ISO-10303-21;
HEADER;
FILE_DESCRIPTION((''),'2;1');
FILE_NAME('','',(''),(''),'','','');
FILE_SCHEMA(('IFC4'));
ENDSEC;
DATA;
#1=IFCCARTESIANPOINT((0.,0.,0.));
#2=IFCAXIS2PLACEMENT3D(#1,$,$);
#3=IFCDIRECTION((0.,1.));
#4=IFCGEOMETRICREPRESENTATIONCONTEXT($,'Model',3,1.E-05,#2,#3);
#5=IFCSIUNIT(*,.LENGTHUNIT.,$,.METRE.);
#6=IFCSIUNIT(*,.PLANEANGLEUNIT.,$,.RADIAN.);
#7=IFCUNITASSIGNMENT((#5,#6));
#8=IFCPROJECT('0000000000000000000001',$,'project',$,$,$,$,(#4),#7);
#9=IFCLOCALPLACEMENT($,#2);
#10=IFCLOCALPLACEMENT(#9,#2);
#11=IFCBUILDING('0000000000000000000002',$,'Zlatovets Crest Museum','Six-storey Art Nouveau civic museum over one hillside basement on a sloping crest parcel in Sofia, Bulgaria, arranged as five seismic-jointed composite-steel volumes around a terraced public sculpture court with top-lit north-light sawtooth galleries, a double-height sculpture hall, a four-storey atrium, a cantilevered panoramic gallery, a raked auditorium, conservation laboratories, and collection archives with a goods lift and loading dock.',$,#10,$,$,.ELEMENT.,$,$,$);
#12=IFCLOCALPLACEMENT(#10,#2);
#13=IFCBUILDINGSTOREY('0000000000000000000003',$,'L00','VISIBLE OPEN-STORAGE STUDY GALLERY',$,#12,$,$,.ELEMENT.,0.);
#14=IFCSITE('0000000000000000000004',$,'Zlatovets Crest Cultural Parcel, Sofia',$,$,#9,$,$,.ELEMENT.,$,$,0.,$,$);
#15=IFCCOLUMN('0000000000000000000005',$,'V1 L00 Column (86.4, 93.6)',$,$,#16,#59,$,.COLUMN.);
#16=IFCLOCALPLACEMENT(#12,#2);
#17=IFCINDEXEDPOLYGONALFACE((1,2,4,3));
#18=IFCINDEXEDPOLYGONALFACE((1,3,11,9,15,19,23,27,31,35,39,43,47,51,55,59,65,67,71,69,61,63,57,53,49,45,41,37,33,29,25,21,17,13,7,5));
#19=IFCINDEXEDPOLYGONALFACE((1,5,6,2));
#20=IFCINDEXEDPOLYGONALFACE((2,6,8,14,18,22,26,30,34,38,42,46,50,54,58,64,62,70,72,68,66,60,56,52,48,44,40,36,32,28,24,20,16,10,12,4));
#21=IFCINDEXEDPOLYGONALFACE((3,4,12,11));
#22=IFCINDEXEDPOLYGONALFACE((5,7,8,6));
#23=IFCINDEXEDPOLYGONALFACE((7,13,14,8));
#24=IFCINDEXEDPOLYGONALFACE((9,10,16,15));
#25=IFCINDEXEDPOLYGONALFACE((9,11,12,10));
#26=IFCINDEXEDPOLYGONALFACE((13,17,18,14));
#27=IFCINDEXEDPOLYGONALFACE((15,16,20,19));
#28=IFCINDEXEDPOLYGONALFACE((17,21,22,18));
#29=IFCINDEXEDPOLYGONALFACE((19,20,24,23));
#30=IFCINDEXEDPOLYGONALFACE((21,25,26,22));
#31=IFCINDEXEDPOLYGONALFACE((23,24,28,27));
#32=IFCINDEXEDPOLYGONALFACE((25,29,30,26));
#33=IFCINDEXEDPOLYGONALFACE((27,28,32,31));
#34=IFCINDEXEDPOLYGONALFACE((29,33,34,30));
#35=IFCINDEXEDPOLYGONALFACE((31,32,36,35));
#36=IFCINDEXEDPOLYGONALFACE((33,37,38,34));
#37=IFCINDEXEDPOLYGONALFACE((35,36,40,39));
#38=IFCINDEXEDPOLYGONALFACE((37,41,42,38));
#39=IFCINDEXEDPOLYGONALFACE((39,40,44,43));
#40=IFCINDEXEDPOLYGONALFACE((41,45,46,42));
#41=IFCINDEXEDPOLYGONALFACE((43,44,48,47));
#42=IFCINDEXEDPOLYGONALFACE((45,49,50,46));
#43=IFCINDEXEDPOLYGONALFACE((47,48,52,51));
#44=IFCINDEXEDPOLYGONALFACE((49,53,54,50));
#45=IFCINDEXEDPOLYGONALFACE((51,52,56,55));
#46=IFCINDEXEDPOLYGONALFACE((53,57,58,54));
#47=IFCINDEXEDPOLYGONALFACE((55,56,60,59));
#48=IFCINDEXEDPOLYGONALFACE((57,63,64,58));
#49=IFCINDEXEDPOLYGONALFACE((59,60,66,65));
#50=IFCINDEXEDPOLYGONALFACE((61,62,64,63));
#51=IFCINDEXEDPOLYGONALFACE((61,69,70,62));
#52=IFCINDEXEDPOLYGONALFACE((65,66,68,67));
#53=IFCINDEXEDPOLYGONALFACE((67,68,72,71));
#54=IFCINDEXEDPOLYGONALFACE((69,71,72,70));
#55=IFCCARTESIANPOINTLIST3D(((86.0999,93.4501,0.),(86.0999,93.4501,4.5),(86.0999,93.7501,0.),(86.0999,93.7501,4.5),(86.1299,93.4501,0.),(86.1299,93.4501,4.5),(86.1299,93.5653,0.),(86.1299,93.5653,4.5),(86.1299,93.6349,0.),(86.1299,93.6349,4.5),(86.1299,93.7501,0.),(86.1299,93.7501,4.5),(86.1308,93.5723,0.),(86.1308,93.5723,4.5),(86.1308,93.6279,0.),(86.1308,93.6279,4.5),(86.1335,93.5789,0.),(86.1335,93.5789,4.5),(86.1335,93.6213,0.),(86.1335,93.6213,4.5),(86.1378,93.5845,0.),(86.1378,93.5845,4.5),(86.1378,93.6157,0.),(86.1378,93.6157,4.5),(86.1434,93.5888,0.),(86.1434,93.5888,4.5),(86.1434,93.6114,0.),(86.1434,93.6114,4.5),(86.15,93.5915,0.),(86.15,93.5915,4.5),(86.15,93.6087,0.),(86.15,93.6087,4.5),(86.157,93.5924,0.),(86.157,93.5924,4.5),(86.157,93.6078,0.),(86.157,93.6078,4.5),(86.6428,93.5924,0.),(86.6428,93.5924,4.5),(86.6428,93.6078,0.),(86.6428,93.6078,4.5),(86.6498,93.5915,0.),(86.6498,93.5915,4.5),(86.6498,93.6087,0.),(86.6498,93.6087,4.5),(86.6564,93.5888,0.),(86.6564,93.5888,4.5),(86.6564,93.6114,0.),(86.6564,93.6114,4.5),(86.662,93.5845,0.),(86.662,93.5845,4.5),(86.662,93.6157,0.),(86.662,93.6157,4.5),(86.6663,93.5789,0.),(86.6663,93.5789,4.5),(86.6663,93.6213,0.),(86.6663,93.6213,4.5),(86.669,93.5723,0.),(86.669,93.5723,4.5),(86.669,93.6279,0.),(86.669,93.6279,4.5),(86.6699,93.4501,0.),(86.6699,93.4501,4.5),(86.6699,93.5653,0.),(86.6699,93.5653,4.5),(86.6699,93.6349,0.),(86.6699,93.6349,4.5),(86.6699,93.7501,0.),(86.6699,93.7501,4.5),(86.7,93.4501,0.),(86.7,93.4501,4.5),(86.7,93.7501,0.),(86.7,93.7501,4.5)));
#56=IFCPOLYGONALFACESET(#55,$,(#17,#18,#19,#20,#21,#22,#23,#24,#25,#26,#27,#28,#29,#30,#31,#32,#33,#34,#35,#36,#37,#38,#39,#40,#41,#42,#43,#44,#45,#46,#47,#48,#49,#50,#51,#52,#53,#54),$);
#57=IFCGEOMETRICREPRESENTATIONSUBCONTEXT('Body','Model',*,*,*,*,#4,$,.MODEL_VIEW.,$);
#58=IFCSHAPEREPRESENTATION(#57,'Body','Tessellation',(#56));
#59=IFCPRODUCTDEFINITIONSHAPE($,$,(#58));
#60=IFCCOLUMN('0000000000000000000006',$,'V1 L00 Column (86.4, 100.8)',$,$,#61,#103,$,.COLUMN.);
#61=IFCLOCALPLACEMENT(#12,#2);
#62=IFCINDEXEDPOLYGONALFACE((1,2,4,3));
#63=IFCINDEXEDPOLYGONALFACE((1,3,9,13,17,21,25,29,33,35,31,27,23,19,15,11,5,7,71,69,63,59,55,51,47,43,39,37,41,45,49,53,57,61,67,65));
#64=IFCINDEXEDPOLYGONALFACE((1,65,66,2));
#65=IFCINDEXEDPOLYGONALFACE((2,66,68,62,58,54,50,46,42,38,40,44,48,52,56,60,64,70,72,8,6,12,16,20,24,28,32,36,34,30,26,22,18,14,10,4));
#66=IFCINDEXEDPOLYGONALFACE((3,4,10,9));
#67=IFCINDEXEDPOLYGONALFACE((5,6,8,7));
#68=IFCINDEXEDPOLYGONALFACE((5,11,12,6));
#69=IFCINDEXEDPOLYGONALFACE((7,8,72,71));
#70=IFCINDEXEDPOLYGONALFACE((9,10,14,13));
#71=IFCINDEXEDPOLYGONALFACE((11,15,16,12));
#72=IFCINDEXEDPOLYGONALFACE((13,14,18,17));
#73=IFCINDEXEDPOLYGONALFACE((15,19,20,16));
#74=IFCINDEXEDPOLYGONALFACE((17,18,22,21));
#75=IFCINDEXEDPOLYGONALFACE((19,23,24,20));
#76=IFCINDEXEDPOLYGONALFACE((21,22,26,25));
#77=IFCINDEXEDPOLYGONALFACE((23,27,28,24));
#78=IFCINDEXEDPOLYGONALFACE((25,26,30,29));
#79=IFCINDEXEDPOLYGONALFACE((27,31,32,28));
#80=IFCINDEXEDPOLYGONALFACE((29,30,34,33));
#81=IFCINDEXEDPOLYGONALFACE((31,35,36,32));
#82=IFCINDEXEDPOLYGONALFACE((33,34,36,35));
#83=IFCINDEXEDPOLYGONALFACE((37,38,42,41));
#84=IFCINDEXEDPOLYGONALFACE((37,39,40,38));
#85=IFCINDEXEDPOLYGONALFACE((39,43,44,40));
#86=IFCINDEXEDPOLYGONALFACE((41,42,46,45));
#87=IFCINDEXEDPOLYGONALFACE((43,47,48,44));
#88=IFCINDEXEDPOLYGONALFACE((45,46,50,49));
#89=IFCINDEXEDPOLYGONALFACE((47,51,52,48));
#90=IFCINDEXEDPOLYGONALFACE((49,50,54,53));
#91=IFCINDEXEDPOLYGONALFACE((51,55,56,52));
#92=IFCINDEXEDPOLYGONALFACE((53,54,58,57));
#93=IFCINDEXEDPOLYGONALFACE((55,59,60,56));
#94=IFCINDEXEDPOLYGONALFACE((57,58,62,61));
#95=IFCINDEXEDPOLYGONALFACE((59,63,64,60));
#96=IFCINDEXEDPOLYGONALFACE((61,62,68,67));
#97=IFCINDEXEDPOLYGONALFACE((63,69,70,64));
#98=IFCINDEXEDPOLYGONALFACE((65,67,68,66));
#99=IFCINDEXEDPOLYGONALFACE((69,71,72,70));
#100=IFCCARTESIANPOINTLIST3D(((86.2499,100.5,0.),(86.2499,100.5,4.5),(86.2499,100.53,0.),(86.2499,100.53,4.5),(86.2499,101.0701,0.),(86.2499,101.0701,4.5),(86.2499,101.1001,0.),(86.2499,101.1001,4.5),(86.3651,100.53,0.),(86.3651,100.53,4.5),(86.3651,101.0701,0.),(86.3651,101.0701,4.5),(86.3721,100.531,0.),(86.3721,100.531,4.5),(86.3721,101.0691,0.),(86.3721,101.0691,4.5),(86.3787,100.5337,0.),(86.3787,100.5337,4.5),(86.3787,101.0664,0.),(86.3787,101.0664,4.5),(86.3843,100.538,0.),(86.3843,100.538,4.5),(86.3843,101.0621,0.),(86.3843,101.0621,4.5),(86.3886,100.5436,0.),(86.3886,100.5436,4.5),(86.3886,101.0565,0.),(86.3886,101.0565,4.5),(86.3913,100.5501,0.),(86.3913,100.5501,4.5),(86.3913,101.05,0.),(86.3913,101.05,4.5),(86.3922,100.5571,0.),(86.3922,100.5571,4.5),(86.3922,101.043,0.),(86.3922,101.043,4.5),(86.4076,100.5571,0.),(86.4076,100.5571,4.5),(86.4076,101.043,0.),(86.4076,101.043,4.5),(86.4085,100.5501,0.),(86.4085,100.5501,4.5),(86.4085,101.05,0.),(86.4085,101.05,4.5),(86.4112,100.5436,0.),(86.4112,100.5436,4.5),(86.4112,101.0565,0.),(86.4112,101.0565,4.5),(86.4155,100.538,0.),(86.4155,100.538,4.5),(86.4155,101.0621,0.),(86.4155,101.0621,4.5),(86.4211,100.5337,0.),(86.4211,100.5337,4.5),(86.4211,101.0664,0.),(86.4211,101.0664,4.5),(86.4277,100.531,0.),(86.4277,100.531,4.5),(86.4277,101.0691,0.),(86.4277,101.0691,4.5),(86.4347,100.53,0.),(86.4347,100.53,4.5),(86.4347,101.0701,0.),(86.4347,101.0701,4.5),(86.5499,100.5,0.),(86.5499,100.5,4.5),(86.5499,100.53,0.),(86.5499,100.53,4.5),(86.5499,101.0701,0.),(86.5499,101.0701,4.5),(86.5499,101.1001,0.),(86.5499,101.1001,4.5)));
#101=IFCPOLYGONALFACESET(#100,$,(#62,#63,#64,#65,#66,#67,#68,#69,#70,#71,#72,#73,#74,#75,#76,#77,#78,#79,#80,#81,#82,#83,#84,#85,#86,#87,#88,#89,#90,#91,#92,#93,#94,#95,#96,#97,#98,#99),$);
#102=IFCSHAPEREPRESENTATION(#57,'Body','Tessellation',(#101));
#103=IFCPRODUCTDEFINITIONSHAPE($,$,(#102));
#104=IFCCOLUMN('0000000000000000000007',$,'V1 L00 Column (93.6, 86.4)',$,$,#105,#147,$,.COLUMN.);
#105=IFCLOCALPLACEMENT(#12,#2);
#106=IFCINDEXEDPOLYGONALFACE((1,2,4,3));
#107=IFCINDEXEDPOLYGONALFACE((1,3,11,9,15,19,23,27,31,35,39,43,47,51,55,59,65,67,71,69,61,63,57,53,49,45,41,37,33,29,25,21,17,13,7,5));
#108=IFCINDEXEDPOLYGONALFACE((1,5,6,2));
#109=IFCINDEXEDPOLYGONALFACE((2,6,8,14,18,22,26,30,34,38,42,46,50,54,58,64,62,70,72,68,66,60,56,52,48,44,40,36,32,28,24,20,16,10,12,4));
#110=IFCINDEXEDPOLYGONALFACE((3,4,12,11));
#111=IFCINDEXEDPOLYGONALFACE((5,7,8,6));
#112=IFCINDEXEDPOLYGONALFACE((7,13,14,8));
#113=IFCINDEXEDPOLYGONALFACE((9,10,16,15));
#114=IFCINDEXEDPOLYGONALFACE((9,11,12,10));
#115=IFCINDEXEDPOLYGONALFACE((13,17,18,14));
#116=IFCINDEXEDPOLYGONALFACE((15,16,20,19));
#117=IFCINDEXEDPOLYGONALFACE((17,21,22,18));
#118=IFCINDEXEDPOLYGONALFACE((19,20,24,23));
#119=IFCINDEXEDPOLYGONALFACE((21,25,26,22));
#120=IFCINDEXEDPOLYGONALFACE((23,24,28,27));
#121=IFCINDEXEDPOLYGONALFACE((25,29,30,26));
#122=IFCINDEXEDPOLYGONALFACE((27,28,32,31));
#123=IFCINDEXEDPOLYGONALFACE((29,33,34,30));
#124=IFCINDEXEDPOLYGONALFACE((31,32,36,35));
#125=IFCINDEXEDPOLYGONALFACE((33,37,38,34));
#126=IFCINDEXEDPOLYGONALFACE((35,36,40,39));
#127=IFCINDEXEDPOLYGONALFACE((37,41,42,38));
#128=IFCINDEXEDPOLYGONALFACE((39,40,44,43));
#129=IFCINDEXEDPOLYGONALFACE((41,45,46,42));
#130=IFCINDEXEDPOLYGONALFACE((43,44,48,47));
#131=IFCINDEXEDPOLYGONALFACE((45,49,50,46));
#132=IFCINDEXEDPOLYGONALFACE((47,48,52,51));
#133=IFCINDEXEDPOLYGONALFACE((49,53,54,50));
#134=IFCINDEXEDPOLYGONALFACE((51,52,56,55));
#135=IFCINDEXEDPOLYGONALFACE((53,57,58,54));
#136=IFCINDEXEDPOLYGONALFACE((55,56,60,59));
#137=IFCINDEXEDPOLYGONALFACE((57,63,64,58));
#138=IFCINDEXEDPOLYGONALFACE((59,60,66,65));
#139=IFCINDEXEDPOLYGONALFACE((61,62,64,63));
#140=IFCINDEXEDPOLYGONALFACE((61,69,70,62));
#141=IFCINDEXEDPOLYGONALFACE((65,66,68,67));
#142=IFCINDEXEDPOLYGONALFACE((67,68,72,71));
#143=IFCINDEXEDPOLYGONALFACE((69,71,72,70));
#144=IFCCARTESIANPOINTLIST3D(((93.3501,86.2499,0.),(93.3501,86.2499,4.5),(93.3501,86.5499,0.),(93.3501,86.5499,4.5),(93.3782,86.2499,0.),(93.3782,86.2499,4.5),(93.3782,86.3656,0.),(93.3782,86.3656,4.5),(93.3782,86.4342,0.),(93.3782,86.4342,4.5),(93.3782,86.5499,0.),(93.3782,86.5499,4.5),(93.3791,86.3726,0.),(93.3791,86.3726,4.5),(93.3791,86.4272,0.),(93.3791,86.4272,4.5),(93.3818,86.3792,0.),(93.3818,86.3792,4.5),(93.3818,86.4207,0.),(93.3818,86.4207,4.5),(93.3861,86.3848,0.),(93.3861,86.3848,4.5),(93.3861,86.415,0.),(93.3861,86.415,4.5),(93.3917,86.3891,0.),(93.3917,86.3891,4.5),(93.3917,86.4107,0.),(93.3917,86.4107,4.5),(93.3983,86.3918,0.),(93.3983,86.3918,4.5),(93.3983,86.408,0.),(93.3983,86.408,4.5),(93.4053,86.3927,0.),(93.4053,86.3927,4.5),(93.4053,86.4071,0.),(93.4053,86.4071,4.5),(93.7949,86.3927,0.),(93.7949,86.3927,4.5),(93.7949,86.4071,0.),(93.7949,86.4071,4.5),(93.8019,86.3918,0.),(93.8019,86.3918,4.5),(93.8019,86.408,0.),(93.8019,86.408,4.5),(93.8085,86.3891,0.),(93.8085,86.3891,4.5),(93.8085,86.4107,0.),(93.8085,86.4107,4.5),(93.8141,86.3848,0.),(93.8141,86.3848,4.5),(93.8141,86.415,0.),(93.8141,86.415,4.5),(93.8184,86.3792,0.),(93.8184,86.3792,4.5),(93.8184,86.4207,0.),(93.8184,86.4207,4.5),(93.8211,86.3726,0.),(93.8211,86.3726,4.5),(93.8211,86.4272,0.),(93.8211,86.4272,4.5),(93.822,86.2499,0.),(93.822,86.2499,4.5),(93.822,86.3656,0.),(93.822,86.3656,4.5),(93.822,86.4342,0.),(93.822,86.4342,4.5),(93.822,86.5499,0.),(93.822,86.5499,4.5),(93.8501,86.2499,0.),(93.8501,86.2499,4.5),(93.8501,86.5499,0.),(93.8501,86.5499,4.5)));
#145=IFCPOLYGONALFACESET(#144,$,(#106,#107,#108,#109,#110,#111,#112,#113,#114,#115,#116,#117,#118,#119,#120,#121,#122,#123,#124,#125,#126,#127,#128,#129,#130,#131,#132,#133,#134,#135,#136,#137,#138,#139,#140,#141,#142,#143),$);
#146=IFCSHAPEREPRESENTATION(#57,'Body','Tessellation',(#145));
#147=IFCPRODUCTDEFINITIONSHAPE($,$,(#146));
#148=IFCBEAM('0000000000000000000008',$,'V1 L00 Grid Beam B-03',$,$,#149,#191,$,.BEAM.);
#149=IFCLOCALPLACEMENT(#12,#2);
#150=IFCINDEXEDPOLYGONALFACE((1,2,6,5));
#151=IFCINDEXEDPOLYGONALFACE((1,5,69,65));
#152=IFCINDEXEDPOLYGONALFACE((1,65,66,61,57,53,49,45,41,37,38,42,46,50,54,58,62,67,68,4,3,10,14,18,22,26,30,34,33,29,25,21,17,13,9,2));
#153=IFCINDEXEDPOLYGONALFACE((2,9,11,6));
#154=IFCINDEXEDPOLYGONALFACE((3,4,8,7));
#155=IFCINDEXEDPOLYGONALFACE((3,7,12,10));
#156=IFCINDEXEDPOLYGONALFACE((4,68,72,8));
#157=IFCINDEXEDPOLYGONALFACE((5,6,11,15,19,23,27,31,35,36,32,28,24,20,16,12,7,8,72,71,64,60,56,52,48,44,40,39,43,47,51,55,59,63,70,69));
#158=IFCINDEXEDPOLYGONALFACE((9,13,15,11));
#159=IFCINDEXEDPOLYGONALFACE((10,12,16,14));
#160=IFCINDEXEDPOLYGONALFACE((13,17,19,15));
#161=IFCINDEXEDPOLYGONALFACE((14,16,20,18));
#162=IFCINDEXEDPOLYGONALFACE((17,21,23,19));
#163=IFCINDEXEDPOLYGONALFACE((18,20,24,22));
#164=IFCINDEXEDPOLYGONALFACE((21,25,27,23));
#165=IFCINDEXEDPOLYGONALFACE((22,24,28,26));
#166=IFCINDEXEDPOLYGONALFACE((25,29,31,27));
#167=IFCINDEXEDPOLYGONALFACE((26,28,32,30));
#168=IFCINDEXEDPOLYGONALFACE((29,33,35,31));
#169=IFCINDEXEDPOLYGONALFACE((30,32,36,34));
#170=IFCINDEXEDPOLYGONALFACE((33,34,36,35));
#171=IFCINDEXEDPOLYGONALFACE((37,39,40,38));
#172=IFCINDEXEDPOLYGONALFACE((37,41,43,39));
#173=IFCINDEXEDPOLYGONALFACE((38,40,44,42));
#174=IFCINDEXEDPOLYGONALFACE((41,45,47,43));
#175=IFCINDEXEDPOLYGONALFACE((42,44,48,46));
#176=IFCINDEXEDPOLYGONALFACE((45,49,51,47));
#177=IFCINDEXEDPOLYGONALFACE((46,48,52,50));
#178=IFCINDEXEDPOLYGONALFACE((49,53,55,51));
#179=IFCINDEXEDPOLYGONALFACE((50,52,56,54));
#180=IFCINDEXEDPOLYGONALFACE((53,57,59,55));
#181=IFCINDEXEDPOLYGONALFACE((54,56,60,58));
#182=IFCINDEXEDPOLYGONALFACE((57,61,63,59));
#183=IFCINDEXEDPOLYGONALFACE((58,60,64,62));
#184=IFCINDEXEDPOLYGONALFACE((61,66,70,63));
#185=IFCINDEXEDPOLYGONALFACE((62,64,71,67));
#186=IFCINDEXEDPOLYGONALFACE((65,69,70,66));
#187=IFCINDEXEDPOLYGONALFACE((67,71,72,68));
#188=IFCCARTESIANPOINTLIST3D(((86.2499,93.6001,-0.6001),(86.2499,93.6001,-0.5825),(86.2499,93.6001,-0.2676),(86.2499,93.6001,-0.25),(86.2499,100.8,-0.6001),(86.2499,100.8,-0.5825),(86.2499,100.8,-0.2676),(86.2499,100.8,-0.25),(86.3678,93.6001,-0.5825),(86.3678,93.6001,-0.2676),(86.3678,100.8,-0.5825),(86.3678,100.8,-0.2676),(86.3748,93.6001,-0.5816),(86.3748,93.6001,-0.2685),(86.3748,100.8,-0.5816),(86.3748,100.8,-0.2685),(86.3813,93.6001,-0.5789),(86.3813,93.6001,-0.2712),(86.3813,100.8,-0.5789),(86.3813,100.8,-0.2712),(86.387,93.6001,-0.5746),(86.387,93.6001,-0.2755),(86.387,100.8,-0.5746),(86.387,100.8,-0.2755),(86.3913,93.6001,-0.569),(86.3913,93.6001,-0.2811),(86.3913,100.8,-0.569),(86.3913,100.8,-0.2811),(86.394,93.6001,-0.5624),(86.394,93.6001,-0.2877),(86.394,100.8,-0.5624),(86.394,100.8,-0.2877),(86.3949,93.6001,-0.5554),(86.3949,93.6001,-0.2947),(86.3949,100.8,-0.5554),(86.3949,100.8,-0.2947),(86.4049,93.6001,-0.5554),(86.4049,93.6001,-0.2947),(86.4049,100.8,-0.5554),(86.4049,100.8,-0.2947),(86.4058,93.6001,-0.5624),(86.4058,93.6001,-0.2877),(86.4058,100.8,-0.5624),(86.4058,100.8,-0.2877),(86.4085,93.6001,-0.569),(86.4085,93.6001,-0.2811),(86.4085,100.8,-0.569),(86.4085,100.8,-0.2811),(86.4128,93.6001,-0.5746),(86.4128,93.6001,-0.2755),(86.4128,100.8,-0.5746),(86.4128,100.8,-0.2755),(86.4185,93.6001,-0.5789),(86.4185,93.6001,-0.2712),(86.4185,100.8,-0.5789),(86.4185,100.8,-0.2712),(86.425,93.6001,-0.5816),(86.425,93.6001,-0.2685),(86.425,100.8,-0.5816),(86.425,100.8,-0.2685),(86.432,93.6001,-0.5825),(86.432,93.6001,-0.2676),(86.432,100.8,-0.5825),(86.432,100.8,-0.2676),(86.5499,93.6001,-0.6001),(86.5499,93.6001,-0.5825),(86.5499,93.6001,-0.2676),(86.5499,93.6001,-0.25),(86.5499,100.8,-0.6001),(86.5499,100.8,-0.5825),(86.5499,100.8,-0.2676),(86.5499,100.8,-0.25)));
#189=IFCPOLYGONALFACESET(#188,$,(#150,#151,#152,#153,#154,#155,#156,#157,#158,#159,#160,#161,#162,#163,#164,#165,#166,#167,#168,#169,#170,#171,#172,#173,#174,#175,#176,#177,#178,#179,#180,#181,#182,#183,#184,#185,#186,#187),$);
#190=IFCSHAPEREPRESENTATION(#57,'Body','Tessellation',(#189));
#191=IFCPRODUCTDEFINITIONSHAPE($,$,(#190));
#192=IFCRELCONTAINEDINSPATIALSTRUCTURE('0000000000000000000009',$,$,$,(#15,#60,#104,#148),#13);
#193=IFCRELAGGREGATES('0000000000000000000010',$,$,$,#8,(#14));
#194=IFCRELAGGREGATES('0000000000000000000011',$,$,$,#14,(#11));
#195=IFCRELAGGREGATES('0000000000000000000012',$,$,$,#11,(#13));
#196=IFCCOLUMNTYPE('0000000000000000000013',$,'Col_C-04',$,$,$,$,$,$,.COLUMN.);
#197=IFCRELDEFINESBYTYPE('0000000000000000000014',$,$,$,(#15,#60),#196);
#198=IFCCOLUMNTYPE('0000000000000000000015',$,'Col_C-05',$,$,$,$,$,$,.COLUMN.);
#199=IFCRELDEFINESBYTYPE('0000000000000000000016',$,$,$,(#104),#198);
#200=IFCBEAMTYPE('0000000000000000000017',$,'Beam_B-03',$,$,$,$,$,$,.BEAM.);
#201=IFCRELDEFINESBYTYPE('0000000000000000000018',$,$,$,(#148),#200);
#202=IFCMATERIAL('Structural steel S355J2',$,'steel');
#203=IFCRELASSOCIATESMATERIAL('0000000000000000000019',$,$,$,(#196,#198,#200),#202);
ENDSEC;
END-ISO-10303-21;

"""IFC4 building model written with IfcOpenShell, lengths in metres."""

from ifc_helpers import new_model, si_unit, direction, frame, origin, origin_2d, place, context, subcontext, project, spatial, i_section, extrude, material, material_profile, profile_set, type_object, element, save


model = new_model("IFC4")

# Units and contexts
model_context = context("Model", 3, precision=1e-05, world=origin(), true_north=direction((0.0, 1.0)))
body_context = subcontext(model_context, "Body", "Model", "MODEL_VIEW")
ifc_project = project(units=[si_unit("LENGTHUNIT", "METRE"), si_unit("PLANEANGLEUNIT", "RADIAN")], contexts=[model_context])

# Site, building, storey
site_placement = place(None, origin())
site = spatial("IfcSite", under=ifc_project, at=site_placement, Name="Zlatovets Crest Cultural Parcel, Sofia", CompositionType="ELEMENT", RefElevation=0.0)
building_placement = place(site_placement, origin())
building = spatial("IfcBuilding", under=site, at=building_placement, Name="Zlatovets Crest Museum", Description="Six-storey Art Nouveau civic museum over one hillside basement on a sloping crest parcel in Sofia, Bulgaria, arranged as five seismic-jointed composite-steel volumes around a terraced public sculpture court with top-lit north-light sawtooth galleries, a double-height sculpture hall, a four-storey atrium, a cantilevered panoramic gallery, a raked auditorium, conservation laboratories, and collection archives with a goods lift and loading dock.", CompositionType="ELEMENT")
storey_placement = place(building_placement, origin())
storey = spatial("IfcBuildingStorey", under=building, at=storey_placement, Name="L00", Description="VISIBLE OPEN-STORAGE STUDY GALLERY", CompositionType="ELEMENT", Elevation=0.0)

# Columns
ifc_material_1 = material(Name="Structural steel S355J2", Category="steel")
ifc_material_profile_1 = material_profile(ifc_material_1, i_section(OverallWidth=0.3, OverallDepth=0.6001, WebThickness=0.0154, FlangeThickness=0.03, FilletRadius=0.0271, at=origin_2d()), Name="HEB 600")
ifc_profile_set_1 = profile_set([ifc_material_profile_1], Name="Structural steel S355J2")
column_type_1 = type_object("IfcColumnType", Name="Col_C-04", PredefinedType="COLUMN", material=ifc_profile_set_1)
for number, where, z_axis, x_axis, name in (
    (1, (86.3999, 93.6001, 0.0), (0.0, 0.0, 1.0), (0.0, 1.0, 0.0), "V1 L00 Column (86.4, 93.6)"),
    (2, (86.3999, 100.8, 0.0), (0.0, 0.0, 1.0), (1.0, 0.0, 0.0), "V1 L00 Column (86.4, 100.8)"),
):
    element("IfcColumn", number, at=place(storey_placement, frame(where, z_axis=z_axis, x_axis=x_axis)), inside=storey, type_object=column_type_1, Name=name, PredefinedType="COLUMN", context=body_context, shape_type="SweptSolid", body=[
        extrude(i_section(OverallWidth=0.3, OverallDepth=0.6001, WebThickness=0.0154, FlangeThickness=0.03, FilletRadius=0.0271, at=origin_2d()), origin(), (0.0, 0.0, 1.0), 4.5),
    ])
ifc_material_profile_2 = material_profile(ifc_material_1, i_section(OverallWidth=0.3, OverallDepth=0.5, WebThickness=0.0144, FlangeThickness=0.0281, FilletRadius=0.0271, at=origin_2d()), Name="HEB 500")
ifc_profile_set_2 = profile_set([ifc_material_profile_2], Name="Structural steel S355J2")
column_type_2 = type_object("IfcColumnType", Name="Col_C-05", PredefinedType="COLUMN", material=ifc_profile_set_2)
column_placement = place(storey_placement, frame((93.6001, 86.3999, 0.0), z_axis=(0.0, 0.0, 1.0), x_axis=(0.0, 1.0, 0.0)))
element("IfcColumn", 3, at=column_placement, inside=storey, type_object=column_type_2, Name="V1 L00 Column (93.6, 86.4)", PredefinedType="COLUMN", context=body_context, shape_type="SweptSolid", body=[
    extrude(i_section(OverallWidth=0.3, OverallDepth=0.5, WebThickness=0.0144, FlangeThickness=0.0281, FilletRadius=0.0271, at=origin_2d()), origin(), (0.0, 0.0, 1.0), 4.5),
])

# Beam
ifc_material_profile_3 = material_profile(ifc_material_1, i_section(OverallWidth=0.3, OverallDepth=0.3501, WebThickness=0.01, FlangeThickness=0.0176, FilletRadius=0.0271, at=origin_2d()), Name="HEA 360")
ifc_profile_set_3 = profile_set([ifc_material_profile_3], Name="Structural steel S355J2")
beam_type_1 = type_object("IfcBeamType", Name="Beam_B-03", PredefinedType="BEAM", material=ifc_profile_set_3)
for number, where, z_axis, x_axis, name in (
    (4, (86.3999, 93.6001, -0.425), (0.0, 1.0, 0.0), (-1.0, 0.0, 0.0), "V1 L00 Grid Beam B-03"),
):
    element("IfcBeam", number, at=place(storey_placement, frame(where, z_axis=z_axis, x_axis=x_axis)), inside=storey, type_object=beam_type_1, Name=name, PredefinedType="BEAM", context=body_context, shape_type="SweptSolid", body=[
        extrude(i_section(OverallWidth=0.3, OverallDepth=0.3501, WebThickness=0.01, FlangeThickness=0.0176, FilletRadius=0.0271, at=origin_2d()), origin(), (0.0, 0.0, 1.0), 7.2),
    ])

save(model, "model.ifc")
